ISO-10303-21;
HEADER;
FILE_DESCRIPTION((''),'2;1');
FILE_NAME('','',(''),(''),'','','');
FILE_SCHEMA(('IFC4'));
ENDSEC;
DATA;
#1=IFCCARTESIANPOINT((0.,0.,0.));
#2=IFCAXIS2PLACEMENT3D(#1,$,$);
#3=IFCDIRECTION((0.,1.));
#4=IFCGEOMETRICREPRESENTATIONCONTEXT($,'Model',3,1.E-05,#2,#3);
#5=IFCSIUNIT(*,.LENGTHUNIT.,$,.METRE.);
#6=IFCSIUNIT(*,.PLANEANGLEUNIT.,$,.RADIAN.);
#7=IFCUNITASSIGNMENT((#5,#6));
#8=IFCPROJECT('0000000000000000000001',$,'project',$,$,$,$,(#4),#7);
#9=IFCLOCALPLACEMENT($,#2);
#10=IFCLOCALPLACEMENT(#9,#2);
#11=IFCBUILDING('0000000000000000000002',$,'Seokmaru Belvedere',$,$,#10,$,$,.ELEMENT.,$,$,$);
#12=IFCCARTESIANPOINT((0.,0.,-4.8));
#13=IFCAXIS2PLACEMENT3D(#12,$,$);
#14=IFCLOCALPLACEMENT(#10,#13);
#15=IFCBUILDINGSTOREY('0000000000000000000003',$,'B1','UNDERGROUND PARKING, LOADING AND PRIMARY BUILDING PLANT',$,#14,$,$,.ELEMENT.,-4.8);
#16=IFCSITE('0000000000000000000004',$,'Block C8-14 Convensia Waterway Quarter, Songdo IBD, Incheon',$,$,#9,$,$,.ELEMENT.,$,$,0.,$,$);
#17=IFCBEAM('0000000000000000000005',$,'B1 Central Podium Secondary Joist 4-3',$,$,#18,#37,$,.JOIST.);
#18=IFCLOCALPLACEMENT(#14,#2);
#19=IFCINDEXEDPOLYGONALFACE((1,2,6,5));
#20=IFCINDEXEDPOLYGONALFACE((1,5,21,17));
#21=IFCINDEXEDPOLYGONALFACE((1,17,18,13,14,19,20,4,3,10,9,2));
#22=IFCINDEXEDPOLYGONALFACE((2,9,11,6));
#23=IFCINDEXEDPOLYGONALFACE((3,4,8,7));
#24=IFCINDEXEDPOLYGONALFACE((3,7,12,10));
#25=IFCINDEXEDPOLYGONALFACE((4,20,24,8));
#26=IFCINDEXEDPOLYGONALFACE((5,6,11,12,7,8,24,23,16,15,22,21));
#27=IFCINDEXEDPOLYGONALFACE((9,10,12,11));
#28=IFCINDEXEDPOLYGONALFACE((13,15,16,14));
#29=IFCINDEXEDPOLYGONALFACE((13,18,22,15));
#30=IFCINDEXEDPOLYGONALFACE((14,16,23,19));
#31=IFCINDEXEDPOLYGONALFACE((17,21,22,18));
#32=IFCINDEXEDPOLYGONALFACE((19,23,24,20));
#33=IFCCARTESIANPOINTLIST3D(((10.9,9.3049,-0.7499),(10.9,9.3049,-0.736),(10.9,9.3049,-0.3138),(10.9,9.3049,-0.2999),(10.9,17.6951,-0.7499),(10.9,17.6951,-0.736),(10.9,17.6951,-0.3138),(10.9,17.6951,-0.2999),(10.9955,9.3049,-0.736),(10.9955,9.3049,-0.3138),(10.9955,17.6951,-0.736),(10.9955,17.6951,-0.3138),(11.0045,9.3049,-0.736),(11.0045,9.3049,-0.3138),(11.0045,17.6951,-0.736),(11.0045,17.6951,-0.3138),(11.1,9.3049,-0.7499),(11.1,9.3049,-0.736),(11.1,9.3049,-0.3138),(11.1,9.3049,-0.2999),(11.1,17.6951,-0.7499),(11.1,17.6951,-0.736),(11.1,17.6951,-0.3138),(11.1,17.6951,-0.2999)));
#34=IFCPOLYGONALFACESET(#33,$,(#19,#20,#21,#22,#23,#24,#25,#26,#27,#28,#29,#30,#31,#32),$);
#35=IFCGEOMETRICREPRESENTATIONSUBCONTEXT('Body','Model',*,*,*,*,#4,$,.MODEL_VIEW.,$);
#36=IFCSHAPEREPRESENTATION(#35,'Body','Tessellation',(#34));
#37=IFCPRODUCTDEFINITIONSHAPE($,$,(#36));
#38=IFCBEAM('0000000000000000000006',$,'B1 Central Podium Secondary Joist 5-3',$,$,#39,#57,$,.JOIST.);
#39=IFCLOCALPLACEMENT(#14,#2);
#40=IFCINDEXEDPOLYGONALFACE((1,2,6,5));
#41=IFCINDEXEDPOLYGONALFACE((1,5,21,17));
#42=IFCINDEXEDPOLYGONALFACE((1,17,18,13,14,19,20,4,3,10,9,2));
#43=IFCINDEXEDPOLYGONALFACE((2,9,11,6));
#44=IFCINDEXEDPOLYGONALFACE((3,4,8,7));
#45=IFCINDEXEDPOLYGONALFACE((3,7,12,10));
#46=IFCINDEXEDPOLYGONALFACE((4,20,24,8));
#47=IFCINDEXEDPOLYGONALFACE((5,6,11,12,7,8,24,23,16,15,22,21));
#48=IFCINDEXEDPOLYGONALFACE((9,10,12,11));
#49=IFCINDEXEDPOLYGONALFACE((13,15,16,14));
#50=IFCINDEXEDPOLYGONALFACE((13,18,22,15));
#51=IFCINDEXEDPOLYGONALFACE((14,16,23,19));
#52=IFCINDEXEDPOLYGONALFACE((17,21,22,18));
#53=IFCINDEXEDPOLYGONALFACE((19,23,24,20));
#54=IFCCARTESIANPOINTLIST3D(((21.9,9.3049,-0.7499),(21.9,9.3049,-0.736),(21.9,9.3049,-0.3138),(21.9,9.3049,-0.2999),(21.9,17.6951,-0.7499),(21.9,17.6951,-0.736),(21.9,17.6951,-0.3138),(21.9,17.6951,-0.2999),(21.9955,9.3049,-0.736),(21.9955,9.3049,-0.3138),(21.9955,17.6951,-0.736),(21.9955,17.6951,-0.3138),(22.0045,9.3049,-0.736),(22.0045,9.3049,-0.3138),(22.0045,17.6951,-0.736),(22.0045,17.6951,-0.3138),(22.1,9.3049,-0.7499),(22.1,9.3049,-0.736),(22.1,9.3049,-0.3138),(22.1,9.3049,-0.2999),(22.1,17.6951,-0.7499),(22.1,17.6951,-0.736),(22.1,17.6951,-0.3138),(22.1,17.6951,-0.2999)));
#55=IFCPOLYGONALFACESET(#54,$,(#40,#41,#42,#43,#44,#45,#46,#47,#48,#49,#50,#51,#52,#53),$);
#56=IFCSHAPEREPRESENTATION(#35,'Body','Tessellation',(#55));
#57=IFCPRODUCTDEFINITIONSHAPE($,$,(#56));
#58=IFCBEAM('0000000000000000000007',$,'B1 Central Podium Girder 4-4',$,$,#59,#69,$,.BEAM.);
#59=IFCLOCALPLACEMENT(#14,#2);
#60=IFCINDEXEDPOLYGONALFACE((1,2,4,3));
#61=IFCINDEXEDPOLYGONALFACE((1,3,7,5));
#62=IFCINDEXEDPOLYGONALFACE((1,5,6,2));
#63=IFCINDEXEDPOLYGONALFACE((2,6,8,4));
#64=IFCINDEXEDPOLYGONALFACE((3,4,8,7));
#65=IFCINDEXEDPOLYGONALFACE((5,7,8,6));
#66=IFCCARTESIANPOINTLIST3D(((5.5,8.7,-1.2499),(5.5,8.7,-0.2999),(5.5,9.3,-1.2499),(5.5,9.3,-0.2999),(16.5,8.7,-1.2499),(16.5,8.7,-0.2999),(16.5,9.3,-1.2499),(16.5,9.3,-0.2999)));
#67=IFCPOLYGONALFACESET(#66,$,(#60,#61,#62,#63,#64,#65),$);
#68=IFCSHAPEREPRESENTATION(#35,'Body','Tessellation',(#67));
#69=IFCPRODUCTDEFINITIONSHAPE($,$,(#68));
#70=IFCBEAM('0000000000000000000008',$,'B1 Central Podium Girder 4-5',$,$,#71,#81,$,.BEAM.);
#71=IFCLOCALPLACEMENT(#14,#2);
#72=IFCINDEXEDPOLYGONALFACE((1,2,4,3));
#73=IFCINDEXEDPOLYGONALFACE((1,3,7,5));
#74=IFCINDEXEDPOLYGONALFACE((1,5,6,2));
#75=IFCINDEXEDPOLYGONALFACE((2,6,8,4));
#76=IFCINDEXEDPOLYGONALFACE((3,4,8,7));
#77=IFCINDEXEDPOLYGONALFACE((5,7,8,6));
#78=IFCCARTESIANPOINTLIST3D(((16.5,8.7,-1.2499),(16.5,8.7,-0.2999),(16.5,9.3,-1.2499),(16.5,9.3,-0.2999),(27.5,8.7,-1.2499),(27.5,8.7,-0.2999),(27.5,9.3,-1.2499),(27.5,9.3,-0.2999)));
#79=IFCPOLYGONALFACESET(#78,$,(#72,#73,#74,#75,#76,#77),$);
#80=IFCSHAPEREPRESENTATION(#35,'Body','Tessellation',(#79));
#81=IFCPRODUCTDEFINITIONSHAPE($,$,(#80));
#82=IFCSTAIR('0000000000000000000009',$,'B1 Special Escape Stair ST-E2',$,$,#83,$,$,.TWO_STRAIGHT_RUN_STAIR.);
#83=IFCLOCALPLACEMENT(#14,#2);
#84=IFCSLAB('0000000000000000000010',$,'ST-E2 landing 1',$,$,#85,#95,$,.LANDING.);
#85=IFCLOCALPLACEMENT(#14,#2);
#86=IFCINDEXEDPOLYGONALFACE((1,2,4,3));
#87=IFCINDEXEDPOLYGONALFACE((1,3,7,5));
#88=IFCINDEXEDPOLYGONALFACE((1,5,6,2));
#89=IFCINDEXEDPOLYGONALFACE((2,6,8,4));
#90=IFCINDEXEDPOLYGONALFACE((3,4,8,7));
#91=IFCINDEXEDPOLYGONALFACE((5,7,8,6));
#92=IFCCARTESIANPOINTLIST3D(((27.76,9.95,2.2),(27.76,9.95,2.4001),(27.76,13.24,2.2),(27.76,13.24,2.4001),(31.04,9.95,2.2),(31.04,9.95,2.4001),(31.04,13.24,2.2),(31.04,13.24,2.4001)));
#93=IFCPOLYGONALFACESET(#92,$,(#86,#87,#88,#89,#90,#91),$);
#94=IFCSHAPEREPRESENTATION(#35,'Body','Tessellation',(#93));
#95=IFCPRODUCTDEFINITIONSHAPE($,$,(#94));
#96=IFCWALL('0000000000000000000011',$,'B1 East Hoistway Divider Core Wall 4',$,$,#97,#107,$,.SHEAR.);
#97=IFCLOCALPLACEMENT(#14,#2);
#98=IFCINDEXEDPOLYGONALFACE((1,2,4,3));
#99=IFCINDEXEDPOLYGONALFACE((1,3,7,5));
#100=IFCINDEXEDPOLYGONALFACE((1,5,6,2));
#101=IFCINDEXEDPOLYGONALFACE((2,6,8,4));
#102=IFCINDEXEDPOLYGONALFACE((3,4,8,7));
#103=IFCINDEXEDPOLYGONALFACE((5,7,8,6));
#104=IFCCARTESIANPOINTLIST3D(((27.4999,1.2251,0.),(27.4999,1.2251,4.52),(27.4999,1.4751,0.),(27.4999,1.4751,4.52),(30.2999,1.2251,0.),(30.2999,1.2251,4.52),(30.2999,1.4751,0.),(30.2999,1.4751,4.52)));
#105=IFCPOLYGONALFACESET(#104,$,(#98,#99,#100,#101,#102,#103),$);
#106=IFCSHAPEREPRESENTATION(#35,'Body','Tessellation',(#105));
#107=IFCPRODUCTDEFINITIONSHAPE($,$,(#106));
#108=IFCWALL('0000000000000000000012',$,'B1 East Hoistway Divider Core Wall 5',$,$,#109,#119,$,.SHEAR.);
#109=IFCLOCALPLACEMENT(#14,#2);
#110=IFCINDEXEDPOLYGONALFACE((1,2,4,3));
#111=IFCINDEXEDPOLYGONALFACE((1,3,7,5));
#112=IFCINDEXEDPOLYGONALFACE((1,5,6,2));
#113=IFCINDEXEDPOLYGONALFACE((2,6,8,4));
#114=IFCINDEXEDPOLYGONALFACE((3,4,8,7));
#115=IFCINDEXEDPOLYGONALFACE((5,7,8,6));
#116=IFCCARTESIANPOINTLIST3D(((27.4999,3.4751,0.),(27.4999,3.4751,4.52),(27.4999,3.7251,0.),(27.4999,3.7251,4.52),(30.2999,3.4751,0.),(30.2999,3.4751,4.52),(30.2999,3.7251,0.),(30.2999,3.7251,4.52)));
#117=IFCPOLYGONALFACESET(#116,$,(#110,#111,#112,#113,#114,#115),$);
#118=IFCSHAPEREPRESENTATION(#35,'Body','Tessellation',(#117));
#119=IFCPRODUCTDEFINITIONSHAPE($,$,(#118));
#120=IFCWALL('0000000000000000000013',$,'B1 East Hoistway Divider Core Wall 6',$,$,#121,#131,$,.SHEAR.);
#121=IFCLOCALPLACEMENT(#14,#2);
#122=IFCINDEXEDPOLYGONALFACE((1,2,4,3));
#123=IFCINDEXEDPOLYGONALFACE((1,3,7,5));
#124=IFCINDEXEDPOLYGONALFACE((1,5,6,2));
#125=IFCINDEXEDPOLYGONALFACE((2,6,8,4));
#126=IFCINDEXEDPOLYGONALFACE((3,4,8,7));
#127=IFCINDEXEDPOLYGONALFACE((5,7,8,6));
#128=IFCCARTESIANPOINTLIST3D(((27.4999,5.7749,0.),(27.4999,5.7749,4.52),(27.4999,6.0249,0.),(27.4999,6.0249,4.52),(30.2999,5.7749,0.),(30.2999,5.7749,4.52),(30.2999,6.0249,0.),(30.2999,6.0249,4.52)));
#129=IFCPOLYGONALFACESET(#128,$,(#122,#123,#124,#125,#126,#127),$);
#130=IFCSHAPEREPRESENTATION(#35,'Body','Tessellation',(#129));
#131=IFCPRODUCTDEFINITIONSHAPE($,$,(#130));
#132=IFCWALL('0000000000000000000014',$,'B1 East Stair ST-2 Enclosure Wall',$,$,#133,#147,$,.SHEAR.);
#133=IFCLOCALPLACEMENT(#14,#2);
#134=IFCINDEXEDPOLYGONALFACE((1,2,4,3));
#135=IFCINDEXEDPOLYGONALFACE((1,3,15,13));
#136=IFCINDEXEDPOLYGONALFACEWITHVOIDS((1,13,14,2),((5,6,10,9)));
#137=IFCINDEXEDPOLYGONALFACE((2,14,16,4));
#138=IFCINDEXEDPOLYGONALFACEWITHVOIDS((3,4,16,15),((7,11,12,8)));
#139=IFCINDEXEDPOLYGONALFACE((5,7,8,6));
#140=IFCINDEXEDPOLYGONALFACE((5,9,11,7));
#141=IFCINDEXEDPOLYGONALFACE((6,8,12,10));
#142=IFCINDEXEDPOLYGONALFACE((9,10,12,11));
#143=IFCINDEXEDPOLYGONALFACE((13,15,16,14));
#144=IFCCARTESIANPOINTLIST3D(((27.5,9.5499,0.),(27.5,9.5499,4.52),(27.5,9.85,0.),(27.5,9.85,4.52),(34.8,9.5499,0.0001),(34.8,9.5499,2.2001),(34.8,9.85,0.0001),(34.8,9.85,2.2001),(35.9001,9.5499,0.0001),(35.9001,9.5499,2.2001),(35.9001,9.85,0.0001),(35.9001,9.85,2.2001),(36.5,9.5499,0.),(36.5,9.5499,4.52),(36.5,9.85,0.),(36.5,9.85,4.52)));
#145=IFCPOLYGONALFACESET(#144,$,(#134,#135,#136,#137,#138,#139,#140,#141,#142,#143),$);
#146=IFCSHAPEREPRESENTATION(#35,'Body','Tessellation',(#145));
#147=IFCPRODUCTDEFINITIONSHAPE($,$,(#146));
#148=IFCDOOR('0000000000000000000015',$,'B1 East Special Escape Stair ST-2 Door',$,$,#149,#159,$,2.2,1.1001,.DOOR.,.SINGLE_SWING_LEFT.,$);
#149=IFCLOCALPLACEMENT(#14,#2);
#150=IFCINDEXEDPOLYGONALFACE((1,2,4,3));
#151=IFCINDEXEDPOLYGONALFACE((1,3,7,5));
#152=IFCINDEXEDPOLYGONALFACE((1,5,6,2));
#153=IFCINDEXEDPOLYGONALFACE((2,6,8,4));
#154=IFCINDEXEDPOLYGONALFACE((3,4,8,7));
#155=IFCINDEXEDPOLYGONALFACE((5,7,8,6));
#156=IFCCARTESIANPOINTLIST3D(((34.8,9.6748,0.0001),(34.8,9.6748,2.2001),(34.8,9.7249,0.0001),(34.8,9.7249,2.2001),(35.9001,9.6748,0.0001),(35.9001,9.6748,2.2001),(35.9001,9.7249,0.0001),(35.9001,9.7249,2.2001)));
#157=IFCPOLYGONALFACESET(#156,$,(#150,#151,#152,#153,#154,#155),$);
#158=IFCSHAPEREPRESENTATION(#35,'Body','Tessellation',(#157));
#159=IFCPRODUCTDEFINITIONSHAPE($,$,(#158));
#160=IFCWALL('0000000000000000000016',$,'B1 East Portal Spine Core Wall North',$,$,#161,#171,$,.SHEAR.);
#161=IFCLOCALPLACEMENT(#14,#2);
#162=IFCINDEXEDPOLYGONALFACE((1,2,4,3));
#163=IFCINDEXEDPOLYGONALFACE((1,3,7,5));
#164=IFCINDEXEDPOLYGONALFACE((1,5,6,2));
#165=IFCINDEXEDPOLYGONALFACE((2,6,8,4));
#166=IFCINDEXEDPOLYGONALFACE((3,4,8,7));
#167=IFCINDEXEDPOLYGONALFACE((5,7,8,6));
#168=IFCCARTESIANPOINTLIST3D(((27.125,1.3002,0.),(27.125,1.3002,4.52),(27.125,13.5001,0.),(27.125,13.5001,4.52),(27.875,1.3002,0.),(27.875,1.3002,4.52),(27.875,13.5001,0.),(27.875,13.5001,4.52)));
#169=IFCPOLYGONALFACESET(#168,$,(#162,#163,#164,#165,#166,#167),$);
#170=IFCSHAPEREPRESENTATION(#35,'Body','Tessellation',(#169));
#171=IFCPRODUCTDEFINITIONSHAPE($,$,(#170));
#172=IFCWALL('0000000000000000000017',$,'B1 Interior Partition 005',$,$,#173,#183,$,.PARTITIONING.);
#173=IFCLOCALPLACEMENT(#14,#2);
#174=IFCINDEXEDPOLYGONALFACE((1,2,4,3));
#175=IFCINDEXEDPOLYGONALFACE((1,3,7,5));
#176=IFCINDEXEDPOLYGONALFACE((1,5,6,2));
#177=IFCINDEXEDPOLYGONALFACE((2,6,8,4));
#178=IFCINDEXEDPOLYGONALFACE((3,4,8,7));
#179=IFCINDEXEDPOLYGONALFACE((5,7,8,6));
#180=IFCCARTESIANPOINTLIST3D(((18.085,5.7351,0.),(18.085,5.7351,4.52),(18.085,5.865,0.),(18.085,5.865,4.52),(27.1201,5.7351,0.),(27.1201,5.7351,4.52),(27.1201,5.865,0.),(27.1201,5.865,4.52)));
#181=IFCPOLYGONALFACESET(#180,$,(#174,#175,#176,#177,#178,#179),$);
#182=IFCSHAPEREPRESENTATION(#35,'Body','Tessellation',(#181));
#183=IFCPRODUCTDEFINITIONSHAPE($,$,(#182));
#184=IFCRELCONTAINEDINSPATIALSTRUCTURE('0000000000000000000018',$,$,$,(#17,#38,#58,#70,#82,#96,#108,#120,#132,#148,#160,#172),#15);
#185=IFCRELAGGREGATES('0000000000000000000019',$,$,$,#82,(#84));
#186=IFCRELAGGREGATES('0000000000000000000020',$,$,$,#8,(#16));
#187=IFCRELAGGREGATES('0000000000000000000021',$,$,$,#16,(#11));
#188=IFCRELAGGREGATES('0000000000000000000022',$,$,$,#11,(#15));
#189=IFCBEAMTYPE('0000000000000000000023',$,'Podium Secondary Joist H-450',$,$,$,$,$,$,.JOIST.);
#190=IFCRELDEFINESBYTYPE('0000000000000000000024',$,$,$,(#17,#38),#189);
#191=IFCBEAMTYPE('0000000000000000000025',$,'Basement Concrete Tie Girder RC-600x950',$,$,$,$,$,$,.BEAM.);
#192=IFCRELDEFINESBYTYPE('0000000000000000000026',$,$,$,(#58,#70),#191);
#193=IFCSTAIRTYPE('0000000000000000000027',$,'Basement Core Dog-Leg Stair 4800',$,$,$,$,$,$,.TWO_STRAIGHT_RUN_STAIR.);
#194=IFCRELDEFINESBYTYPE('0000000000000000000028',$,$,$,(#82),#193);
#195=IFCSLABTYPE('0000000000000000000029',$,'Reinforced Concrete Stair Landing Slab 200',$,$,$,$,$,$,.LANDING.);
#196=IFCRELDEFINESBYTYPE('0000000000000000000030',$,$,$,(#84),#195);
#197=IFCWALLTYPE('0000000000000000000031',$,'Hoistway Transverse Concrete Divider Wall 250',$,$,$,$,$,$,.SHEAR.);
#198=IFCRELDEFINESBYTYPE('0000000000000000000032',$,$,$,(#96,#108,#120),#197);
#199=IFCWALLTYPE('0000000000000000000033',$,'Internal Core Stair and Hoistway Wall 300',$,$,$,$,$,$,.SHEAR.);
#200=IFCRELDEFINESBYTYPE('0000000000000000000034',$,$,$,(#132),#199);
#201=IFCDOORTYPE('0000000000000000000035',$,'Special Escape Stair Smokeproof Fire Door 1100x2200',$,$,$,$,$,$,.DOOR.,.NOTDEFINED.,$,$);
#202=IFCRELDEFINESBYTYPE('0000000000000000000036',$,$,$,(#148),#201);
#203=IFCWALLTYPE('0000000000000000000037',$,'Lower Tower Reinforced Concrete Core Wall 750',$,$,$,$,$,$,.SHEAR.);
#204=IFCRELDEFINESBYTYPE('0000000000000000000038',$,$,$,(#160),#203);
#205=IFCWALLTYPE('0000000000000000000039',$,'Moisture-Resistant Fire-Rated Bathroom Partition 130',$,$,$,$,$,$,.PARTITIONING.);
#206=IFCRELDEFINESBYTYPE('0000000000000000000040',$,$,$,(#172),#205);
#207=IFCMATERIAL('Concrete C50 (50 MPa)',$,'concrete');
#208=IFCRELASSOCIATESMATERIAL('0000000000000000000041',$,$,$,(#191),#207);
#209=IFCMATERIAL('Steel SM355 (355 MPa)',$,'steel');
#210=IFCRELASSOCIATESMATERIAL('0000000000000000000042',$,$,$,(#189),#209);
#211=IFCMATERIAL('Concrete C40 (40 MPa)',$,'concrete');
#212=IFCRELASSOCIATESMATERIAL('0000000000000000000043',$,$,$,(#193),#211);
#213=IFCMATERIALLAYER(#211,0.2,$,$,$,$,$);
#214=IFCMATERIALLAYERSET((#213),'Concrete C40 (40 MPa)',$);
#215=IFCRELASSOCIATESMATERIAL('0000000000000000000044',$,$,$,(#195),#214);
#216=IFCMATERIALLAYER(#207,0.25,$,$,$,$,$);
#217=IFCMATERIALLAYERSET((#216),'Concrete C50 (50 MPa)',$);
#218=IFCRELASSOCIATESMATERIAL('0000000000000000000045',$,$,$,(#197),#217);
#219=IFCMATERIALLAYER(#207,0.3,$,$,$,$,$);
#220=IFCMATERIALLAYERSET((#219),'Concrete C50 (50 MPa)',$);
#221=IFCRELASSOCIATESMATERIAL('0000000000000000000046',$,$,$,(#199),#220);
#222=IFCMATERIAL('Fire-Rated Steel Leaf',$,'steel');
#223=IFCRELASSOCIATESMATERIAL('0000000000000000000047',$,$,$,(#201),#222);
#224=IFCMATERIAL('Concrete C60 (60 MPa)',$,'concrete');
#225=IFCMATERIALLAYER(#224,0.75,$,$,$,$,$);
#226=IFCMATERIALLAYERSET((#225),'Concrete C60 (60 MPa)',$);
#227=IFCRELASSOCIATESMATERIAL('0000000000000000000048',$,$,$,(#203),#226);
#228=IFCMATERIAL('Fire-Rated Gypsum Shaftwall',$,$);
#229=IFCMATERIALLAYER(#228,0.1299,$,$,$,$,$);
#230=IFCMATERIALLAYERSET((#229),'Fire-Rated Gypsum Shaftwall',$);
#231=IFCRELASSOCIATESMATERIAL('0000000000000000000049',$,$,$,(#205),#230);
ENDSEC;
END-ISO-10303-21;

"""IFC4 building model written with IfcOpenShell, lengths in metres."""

from ifc_helpers import new_model, si_unit, direction, frame, frame_2d, origin, origin_2d, place, context, subcontext, project, spatial, polyline, rectangle, i_section, outline, extrude, source, transform, mapped, material, layer, layer_set, material_profile, profile_set, type_object, type_shapes, element, fill, aggregate, save


model = new_model("IFC4")

# Units and contexts
model_context = context("Model", 3, precision=1e-05, world=origin(), true_north=direction((0.0, 1.0)))
body_context = subcontext(model_context, "Body", "Model", "MODEL_VIEW")
ifc_project = project(units=[si_unit("LENGTHUNIT", "METRE"), si_unit("PLANEANGLEUNIT", "RADIAN")], contexts=[model_context])

# Site, building, storey
site_placement = place(None, origin())
site = spatial("IfcSite", under=ifc_project, at=site_placement, Name="Block C8-14 Convensia Waterway Quarter, Songdo IBD, Incheon", CompositionType="ELEMENT", RefElevation=0.0)
building_placement = place(site_placement, origin())
building = spatial("IfcBuilding", under=site, at=building_placement, Name="Seokmaru Belvedere", CompositionType="ELEMENT")
storey_placement = place(building_placement, frame((0.0, 0.0, -4.8)))
storey = spatial("IfcBuildingStorey", under=building, at=storey_placement, Name="B1", Description="UNDERGROUND PARKING, LOADING AND PRIMARY BUILDING PLANT", CompositionType="ELEMENT", Elevation=-4.8)

# Shared definitions
ifc_material_1 = material(Name="Concrete C60 (60 MPa)", Category="concrete")

# Beams
ifc_material_2 = material(Name="Steel SM355 (355 MPa)", Category="steel")
ifc_material_3 = material(Name="Concrete C50 (50 MPa)", Category="concrete")
ifc_material_profile_1 = material_profile(ifc_material_3, rectangle(XDim=0.6001, YDim=0.95, at=origin_2d()), Name="RC-600x950")
ifc_profile_set_1 = profile_set([ifc_material_profile_1], Name="Concrete C50 (50 MPa)")
beam_type_1 = type_object("IfcBeamType", Name="Basement Concrete Tie Girder RC-600x950", PredefinedType="BEAM", material=ifc_profile_set_1)
ifc_material_profile_2 = material_profile(ifc_material_2, i_section(OverallWidth=0.2, OverallDepth=0.45, WebThickness=0.009, FlangeThickness=0.0139, at=origin_2d()), Name="H-450x200x9x14")
ifc_profile_set_2 = profile_set([ifc_material_profile_2], Name="Steel SM355 (355 MPa)")
beam_type_2 = type_object("IfcBeamType", Name="Podium Secondary Joist H-450", PredefinedType="JOIST", material=ifc_profile_set_2)
shared_shape_1 = source(origin(), body_context, "Body", "SweptSolid", [
    extrude(i_section(OverallWidth=0.2, OverallDepth=0.45, WebThickness=0.009, FlangeThickness=0.0139, at=origin_2d()), origin(), (0.0, 0.0, 1.0), 8.3901),
])
type_shapes(beam_type_2, [shared_shape_1])
for number, where, z_axis, x_axis, name in (
    (1, (11.0, 9.3049, -0.5249), (0.0, 1.0, 0.0), (-1.0, 0.0, 0.0), "B1 Central Podium Secondary Joist 4-3"),
    (2, (22.0, 9.3049, -0.5249), (0.0, 1.0, 0.0), (-1.0, 0.0, 0.0), "B1 Central Podium Secondary Joist 5-3"),
):
    element("IfcBeam", number, at=place(storey_placement, frame(where, z_axis=z_axis, x_axis=x_axis)), inside=storey, type_object=beam_type_2, Name=name, PredefinedType="JOIST", context=body_context, shape_type="MappedRepresentation", body=[
        mapped(shared_shape_1, transform((0.0, 0.0, 0.0), scale=1.0)),
    ])
shared_shape_2 = source(origin(), body_context, "Body", "SweptSolid", [
    extrude(rectangle(XDim=0.6001, YDim=0.95, at=origin_2d()), origin(), (0.0, 0.0, 1.0), 11.0),
])
for number, where, z_axis, x_axis, name in (
    (3, (5.5, 9.0, -0.7749), (1.0, 0.0, 0.0), (0.0, 1.0, 0.0), "B1 Central Podium Girder 4-4"),
    (4, (16.5, 9.0, -0.7749), (1.0, 0.0, 0.0), (0.0, 1.0, 0.0), "B1 Central Podium Girder 4-5"),
):
    element("IfcBeam", number, at=place(storey_placement, frame(where, z_axis=z_axis, x_axis=x_axis)), inside=storey, type_object=beam_type_1, Name=name, PredefinedType="BEAM", context=body_context, shape_type="MappedRepresentation", body=[
        mapped(shared_shape_2, transform((0.0, 0.0, 0.0), scale=1.0)),
    ])

# Stair, slab
ifc_material_4 = material(Name="Concrete C40 (40 MPa)", Category="concrete")
stair_type = type_object("IfcStairType", Name="Basement Core Dog-Leg Stair 4800", PredefinedType="TWO_STRAIGHT_RUN_STAIR", material=ifc_material_4)
stair_placement = place(storey_placement, origin())
stair = element("IfcStair", 5, at=stair_placement, inside=storey, type_object=stair_type, Name="B1 Special Escape Stair ST-E2", PredefinedType="TWO_STRAIGHT_RUN_STAIR")
ifc_layer_1 = layer(ifc_material_4, 0.2)
ifc_layer_set_1 = layer_set([ifc_layer_1], Name="Concrete C40 (40 MPa)")
slab_type = type_object("IfcSlabType", Name="Reinforced Concrete Stair Landing Slab 200", PredefinedType="LANDING", material=ifc_layer_set_1)
slab_placement = place(storey_placement, frame((0.0, 0.0, 2.2)))
slab = element("IfcSlab", 6, at=slab_placement, type_object=slab_type, Name="ST-E2 landing 1", PredefinedType="LANDING", context=body_context, shape_type="SweptSolid", body=[
    extrude(outline(polyline([(27.76, 9.95), (31.04, 9.95), (31.04, 13.24), (27.76, 13.24), (27.76, 9.95)])), origin(), (0.0, 0.0, 1.0), 0.2002),
])
aggregate(stair, [slab])

# Walls
ifc_layer_2 = layer(ifc_material_3, 0.25)
ifc_layer_set_2 = layer_set([ifc_layer_2], Name="Concrete C50 (50 MPa)")
wall_type_1 = type_object("IfcWallType", Name="Hoistway Transverse Concrete Divider Wall 250", PredefinedType="SHEAR", material=ifc_layer_set_2)
for number, where, z_axis, x_axis, name in (
    (7, (27.5, 1.3501, 0.0), (0.0, 0.0, 1.0), (1.0, 0.0, 0.0), "B1 East Hoistway Divider Core Wall 4"),
    (8, (27.5, 3.6001, 0.0), (0.0, 0.0, 1.0), (1.0, 0.0, 0.0), "B1 East Hoistway Divider Core Wall 5"),
    (9, (27.5, 5.8999, 0.0), (0.0, 0.0, 1.0), (1.0, 0.0, 0.0), "B1 East Hoistway Divider Core Wall 6"),
):
    element("IfcWall", number, at=place(storey_placement, frame(where, z_axis=z_axis, x_axis=x_axis)), inside=storey, type_object=wall_type_1, Name=name, PredefinedType="SHEAR", context=body_context, shape_type="SweptSolid", body=[
        extrude(rectangle(XDim=2.8, YDim=0.25, at=frame_2d((1.3999, 0.0))), origin(), (0.0, 0.0, 1.0), 4.52),
    ])

# Wall, opening, door
ifc_layer_3 = layer(ifc_material_3, 0.3)
ifc_layer_set_3 = layer_set([ifc_layer_3], Name="Concrete C50 (50 MPa)")
wall_type_2 = type_object("IfcWallType", Name="Internal Core Stair and Hoistway Wall 300", PredefinedType="SHEAR", material=ifc_layer_set_3)
wall_1_placement = place(storey_placement, frame((27.5, 9.7, 0.0), z_axis=(0.0, 0.0, 1.0), x_axis=(1.0, 0.0, 0.0)))
wall_1 = element("IfcWall", 10, at=wall_1_placement, inside=storey, type_object=wall_type_2, Name="B1 East Stair ST-2 Enclosure Wall", PredefinedType="SHEAR", context=body_context, shape_type="SweptSolid", body=[
    extrude(rectangle(XDim=9.0, YDim=0.3, at=frame_2d((4.5, 0.0))), origin(), (0.0, 0.0, 1.0), 4.52),
])
opening_placement = place(wall_1_placement, frame((7.3, 0.0, 0.0)))
opening = element("IfcOpeningElement", 11, at=opening_placement, cuts=wall_1, PredefinedType="OPENING", context=body_context, shape_type="SweptSolid", body=[
    extrude(rectangle(XDim=1.1001, YDim=2.2, at=frame_2d((0.55, 1.1001))), frame((0.0, 0.1602, 0.0), z_axis=(0.0, -1.0, 0.0), x_axis=(1.0, 0.0, 0.0)), (0.0, 0.0, 1.0), 0.3201),
])
ifc_material_5 = material(Name="Fire-Rated Steel Leaf", Category="steel")
door_type = type_object("IfcDoorType", Name="Special Escape Stair Smokeproof Fire Door 1100x2200", OperationType="NOTDEFINED", PredefinedType="DOOR", material=ifc_material_5)
shared_shape_3 = source(origin(), body_context, "Body", "SweptSolid", [
    extrude(rectangle(XDim=1.1001, YDim=2.2, at=frame_2d((0.55, 1.1001))), frame((0.0, 0.0249, 0.0), z_axis=(0.0, -1.0, 0.0), x_axis=(1.0, 0.0, 0.0)), (0.0, 0.0, 1.0), 0.05),
])
type_shapes(door_type, [shared_shape_3])
door_placement = place(opening_placement, origin())
door = element("IfcDoor", 12, at=door_placement, inside=storey, type_object=door_type, Name="B1 East Special Escape Stair ST-2 Door", OperationType="SINGLE_SWING_LEFT", OverallHeight=2.2, OverallWidth=1.1001, PredefinedType="DOOR", context=body_context, shape_type="MappedRepresentation", body=[
    mapped(shared_shape_3, transform((0.0, 0.0, 0.0), scale=1.0)),
])
fill(opening, door)

# Walls
ifc_layer_4 = layer(ifc_material_1, 0.75)
ifc_layer_set_4 = layer_set([ifc_layer_4], Name="Concrete C60 (60 MPa)")
wall_type_3 = type_object("IfcWallType", Name="Lower Tower Reinforced Concrete Core Wall 750", PredefinedType="SHEAR", material=ifc_layer_set_4)
wall_2_placement = place(storey_placement, frame((27.5, 1.3, 0.0), z_axis=(0.0, 0.0, 1.0), x_axis=(0.0, 1.0, 0.0)))
element("IfcWall", 13, at=wall_2_placement, inside=storey, type_object=wall_type_3, Name="B1 East Portal Spine Core Wall North", PredefinedType="SHEAR", context=body_context, shape_type="SweptSolid", body=[
    extrude(rectangle(XDim=12.2, YDim=0.75, at=frame_2d((6.1001, 0.0))), origin(), (0.0, 0.0, 1.0), 4.52),
])
ifc_material_6 = material(Name="Fire-Rated Gypsum Shaftwall")
ifc_layer_5 = layer(ifc_material_6, 0.1299)
ifc_layer_set_5 = layer_set([ifc_layer_5], Name="Fire-Rated Gypsum Shaftwall")
wall_type_4 = type_object("IfcWallType", Name="Moisture-Resistant Fire-Rated Bathroom Partition 130", PredefinedType="PARTITIONING", material=ifc_layer_set_5)
wall_3_placement = place(storey_placement, frame((18.085, 5.8, 0.0), z_axis=(0.0, 0.0, 1.0), x_axis=(1.0, 0.0, 0.0)))
element("IfcWall", 14, at=wall_3_placement, inside=storey, type_object=wall_type_4, Name="B1 Interior Partition 005", PredefinedType="PARTITIONING", context=body_context, shape_type="SweptSolid", body=[
    extrude(rectangle(XDim=9.0352, YDim=0.1299, at=frame_2d((4.5176, 0.0))), origin(), (0.0, 0.0, 1.0), 4.52),
])

save(model, "model.ifc")
